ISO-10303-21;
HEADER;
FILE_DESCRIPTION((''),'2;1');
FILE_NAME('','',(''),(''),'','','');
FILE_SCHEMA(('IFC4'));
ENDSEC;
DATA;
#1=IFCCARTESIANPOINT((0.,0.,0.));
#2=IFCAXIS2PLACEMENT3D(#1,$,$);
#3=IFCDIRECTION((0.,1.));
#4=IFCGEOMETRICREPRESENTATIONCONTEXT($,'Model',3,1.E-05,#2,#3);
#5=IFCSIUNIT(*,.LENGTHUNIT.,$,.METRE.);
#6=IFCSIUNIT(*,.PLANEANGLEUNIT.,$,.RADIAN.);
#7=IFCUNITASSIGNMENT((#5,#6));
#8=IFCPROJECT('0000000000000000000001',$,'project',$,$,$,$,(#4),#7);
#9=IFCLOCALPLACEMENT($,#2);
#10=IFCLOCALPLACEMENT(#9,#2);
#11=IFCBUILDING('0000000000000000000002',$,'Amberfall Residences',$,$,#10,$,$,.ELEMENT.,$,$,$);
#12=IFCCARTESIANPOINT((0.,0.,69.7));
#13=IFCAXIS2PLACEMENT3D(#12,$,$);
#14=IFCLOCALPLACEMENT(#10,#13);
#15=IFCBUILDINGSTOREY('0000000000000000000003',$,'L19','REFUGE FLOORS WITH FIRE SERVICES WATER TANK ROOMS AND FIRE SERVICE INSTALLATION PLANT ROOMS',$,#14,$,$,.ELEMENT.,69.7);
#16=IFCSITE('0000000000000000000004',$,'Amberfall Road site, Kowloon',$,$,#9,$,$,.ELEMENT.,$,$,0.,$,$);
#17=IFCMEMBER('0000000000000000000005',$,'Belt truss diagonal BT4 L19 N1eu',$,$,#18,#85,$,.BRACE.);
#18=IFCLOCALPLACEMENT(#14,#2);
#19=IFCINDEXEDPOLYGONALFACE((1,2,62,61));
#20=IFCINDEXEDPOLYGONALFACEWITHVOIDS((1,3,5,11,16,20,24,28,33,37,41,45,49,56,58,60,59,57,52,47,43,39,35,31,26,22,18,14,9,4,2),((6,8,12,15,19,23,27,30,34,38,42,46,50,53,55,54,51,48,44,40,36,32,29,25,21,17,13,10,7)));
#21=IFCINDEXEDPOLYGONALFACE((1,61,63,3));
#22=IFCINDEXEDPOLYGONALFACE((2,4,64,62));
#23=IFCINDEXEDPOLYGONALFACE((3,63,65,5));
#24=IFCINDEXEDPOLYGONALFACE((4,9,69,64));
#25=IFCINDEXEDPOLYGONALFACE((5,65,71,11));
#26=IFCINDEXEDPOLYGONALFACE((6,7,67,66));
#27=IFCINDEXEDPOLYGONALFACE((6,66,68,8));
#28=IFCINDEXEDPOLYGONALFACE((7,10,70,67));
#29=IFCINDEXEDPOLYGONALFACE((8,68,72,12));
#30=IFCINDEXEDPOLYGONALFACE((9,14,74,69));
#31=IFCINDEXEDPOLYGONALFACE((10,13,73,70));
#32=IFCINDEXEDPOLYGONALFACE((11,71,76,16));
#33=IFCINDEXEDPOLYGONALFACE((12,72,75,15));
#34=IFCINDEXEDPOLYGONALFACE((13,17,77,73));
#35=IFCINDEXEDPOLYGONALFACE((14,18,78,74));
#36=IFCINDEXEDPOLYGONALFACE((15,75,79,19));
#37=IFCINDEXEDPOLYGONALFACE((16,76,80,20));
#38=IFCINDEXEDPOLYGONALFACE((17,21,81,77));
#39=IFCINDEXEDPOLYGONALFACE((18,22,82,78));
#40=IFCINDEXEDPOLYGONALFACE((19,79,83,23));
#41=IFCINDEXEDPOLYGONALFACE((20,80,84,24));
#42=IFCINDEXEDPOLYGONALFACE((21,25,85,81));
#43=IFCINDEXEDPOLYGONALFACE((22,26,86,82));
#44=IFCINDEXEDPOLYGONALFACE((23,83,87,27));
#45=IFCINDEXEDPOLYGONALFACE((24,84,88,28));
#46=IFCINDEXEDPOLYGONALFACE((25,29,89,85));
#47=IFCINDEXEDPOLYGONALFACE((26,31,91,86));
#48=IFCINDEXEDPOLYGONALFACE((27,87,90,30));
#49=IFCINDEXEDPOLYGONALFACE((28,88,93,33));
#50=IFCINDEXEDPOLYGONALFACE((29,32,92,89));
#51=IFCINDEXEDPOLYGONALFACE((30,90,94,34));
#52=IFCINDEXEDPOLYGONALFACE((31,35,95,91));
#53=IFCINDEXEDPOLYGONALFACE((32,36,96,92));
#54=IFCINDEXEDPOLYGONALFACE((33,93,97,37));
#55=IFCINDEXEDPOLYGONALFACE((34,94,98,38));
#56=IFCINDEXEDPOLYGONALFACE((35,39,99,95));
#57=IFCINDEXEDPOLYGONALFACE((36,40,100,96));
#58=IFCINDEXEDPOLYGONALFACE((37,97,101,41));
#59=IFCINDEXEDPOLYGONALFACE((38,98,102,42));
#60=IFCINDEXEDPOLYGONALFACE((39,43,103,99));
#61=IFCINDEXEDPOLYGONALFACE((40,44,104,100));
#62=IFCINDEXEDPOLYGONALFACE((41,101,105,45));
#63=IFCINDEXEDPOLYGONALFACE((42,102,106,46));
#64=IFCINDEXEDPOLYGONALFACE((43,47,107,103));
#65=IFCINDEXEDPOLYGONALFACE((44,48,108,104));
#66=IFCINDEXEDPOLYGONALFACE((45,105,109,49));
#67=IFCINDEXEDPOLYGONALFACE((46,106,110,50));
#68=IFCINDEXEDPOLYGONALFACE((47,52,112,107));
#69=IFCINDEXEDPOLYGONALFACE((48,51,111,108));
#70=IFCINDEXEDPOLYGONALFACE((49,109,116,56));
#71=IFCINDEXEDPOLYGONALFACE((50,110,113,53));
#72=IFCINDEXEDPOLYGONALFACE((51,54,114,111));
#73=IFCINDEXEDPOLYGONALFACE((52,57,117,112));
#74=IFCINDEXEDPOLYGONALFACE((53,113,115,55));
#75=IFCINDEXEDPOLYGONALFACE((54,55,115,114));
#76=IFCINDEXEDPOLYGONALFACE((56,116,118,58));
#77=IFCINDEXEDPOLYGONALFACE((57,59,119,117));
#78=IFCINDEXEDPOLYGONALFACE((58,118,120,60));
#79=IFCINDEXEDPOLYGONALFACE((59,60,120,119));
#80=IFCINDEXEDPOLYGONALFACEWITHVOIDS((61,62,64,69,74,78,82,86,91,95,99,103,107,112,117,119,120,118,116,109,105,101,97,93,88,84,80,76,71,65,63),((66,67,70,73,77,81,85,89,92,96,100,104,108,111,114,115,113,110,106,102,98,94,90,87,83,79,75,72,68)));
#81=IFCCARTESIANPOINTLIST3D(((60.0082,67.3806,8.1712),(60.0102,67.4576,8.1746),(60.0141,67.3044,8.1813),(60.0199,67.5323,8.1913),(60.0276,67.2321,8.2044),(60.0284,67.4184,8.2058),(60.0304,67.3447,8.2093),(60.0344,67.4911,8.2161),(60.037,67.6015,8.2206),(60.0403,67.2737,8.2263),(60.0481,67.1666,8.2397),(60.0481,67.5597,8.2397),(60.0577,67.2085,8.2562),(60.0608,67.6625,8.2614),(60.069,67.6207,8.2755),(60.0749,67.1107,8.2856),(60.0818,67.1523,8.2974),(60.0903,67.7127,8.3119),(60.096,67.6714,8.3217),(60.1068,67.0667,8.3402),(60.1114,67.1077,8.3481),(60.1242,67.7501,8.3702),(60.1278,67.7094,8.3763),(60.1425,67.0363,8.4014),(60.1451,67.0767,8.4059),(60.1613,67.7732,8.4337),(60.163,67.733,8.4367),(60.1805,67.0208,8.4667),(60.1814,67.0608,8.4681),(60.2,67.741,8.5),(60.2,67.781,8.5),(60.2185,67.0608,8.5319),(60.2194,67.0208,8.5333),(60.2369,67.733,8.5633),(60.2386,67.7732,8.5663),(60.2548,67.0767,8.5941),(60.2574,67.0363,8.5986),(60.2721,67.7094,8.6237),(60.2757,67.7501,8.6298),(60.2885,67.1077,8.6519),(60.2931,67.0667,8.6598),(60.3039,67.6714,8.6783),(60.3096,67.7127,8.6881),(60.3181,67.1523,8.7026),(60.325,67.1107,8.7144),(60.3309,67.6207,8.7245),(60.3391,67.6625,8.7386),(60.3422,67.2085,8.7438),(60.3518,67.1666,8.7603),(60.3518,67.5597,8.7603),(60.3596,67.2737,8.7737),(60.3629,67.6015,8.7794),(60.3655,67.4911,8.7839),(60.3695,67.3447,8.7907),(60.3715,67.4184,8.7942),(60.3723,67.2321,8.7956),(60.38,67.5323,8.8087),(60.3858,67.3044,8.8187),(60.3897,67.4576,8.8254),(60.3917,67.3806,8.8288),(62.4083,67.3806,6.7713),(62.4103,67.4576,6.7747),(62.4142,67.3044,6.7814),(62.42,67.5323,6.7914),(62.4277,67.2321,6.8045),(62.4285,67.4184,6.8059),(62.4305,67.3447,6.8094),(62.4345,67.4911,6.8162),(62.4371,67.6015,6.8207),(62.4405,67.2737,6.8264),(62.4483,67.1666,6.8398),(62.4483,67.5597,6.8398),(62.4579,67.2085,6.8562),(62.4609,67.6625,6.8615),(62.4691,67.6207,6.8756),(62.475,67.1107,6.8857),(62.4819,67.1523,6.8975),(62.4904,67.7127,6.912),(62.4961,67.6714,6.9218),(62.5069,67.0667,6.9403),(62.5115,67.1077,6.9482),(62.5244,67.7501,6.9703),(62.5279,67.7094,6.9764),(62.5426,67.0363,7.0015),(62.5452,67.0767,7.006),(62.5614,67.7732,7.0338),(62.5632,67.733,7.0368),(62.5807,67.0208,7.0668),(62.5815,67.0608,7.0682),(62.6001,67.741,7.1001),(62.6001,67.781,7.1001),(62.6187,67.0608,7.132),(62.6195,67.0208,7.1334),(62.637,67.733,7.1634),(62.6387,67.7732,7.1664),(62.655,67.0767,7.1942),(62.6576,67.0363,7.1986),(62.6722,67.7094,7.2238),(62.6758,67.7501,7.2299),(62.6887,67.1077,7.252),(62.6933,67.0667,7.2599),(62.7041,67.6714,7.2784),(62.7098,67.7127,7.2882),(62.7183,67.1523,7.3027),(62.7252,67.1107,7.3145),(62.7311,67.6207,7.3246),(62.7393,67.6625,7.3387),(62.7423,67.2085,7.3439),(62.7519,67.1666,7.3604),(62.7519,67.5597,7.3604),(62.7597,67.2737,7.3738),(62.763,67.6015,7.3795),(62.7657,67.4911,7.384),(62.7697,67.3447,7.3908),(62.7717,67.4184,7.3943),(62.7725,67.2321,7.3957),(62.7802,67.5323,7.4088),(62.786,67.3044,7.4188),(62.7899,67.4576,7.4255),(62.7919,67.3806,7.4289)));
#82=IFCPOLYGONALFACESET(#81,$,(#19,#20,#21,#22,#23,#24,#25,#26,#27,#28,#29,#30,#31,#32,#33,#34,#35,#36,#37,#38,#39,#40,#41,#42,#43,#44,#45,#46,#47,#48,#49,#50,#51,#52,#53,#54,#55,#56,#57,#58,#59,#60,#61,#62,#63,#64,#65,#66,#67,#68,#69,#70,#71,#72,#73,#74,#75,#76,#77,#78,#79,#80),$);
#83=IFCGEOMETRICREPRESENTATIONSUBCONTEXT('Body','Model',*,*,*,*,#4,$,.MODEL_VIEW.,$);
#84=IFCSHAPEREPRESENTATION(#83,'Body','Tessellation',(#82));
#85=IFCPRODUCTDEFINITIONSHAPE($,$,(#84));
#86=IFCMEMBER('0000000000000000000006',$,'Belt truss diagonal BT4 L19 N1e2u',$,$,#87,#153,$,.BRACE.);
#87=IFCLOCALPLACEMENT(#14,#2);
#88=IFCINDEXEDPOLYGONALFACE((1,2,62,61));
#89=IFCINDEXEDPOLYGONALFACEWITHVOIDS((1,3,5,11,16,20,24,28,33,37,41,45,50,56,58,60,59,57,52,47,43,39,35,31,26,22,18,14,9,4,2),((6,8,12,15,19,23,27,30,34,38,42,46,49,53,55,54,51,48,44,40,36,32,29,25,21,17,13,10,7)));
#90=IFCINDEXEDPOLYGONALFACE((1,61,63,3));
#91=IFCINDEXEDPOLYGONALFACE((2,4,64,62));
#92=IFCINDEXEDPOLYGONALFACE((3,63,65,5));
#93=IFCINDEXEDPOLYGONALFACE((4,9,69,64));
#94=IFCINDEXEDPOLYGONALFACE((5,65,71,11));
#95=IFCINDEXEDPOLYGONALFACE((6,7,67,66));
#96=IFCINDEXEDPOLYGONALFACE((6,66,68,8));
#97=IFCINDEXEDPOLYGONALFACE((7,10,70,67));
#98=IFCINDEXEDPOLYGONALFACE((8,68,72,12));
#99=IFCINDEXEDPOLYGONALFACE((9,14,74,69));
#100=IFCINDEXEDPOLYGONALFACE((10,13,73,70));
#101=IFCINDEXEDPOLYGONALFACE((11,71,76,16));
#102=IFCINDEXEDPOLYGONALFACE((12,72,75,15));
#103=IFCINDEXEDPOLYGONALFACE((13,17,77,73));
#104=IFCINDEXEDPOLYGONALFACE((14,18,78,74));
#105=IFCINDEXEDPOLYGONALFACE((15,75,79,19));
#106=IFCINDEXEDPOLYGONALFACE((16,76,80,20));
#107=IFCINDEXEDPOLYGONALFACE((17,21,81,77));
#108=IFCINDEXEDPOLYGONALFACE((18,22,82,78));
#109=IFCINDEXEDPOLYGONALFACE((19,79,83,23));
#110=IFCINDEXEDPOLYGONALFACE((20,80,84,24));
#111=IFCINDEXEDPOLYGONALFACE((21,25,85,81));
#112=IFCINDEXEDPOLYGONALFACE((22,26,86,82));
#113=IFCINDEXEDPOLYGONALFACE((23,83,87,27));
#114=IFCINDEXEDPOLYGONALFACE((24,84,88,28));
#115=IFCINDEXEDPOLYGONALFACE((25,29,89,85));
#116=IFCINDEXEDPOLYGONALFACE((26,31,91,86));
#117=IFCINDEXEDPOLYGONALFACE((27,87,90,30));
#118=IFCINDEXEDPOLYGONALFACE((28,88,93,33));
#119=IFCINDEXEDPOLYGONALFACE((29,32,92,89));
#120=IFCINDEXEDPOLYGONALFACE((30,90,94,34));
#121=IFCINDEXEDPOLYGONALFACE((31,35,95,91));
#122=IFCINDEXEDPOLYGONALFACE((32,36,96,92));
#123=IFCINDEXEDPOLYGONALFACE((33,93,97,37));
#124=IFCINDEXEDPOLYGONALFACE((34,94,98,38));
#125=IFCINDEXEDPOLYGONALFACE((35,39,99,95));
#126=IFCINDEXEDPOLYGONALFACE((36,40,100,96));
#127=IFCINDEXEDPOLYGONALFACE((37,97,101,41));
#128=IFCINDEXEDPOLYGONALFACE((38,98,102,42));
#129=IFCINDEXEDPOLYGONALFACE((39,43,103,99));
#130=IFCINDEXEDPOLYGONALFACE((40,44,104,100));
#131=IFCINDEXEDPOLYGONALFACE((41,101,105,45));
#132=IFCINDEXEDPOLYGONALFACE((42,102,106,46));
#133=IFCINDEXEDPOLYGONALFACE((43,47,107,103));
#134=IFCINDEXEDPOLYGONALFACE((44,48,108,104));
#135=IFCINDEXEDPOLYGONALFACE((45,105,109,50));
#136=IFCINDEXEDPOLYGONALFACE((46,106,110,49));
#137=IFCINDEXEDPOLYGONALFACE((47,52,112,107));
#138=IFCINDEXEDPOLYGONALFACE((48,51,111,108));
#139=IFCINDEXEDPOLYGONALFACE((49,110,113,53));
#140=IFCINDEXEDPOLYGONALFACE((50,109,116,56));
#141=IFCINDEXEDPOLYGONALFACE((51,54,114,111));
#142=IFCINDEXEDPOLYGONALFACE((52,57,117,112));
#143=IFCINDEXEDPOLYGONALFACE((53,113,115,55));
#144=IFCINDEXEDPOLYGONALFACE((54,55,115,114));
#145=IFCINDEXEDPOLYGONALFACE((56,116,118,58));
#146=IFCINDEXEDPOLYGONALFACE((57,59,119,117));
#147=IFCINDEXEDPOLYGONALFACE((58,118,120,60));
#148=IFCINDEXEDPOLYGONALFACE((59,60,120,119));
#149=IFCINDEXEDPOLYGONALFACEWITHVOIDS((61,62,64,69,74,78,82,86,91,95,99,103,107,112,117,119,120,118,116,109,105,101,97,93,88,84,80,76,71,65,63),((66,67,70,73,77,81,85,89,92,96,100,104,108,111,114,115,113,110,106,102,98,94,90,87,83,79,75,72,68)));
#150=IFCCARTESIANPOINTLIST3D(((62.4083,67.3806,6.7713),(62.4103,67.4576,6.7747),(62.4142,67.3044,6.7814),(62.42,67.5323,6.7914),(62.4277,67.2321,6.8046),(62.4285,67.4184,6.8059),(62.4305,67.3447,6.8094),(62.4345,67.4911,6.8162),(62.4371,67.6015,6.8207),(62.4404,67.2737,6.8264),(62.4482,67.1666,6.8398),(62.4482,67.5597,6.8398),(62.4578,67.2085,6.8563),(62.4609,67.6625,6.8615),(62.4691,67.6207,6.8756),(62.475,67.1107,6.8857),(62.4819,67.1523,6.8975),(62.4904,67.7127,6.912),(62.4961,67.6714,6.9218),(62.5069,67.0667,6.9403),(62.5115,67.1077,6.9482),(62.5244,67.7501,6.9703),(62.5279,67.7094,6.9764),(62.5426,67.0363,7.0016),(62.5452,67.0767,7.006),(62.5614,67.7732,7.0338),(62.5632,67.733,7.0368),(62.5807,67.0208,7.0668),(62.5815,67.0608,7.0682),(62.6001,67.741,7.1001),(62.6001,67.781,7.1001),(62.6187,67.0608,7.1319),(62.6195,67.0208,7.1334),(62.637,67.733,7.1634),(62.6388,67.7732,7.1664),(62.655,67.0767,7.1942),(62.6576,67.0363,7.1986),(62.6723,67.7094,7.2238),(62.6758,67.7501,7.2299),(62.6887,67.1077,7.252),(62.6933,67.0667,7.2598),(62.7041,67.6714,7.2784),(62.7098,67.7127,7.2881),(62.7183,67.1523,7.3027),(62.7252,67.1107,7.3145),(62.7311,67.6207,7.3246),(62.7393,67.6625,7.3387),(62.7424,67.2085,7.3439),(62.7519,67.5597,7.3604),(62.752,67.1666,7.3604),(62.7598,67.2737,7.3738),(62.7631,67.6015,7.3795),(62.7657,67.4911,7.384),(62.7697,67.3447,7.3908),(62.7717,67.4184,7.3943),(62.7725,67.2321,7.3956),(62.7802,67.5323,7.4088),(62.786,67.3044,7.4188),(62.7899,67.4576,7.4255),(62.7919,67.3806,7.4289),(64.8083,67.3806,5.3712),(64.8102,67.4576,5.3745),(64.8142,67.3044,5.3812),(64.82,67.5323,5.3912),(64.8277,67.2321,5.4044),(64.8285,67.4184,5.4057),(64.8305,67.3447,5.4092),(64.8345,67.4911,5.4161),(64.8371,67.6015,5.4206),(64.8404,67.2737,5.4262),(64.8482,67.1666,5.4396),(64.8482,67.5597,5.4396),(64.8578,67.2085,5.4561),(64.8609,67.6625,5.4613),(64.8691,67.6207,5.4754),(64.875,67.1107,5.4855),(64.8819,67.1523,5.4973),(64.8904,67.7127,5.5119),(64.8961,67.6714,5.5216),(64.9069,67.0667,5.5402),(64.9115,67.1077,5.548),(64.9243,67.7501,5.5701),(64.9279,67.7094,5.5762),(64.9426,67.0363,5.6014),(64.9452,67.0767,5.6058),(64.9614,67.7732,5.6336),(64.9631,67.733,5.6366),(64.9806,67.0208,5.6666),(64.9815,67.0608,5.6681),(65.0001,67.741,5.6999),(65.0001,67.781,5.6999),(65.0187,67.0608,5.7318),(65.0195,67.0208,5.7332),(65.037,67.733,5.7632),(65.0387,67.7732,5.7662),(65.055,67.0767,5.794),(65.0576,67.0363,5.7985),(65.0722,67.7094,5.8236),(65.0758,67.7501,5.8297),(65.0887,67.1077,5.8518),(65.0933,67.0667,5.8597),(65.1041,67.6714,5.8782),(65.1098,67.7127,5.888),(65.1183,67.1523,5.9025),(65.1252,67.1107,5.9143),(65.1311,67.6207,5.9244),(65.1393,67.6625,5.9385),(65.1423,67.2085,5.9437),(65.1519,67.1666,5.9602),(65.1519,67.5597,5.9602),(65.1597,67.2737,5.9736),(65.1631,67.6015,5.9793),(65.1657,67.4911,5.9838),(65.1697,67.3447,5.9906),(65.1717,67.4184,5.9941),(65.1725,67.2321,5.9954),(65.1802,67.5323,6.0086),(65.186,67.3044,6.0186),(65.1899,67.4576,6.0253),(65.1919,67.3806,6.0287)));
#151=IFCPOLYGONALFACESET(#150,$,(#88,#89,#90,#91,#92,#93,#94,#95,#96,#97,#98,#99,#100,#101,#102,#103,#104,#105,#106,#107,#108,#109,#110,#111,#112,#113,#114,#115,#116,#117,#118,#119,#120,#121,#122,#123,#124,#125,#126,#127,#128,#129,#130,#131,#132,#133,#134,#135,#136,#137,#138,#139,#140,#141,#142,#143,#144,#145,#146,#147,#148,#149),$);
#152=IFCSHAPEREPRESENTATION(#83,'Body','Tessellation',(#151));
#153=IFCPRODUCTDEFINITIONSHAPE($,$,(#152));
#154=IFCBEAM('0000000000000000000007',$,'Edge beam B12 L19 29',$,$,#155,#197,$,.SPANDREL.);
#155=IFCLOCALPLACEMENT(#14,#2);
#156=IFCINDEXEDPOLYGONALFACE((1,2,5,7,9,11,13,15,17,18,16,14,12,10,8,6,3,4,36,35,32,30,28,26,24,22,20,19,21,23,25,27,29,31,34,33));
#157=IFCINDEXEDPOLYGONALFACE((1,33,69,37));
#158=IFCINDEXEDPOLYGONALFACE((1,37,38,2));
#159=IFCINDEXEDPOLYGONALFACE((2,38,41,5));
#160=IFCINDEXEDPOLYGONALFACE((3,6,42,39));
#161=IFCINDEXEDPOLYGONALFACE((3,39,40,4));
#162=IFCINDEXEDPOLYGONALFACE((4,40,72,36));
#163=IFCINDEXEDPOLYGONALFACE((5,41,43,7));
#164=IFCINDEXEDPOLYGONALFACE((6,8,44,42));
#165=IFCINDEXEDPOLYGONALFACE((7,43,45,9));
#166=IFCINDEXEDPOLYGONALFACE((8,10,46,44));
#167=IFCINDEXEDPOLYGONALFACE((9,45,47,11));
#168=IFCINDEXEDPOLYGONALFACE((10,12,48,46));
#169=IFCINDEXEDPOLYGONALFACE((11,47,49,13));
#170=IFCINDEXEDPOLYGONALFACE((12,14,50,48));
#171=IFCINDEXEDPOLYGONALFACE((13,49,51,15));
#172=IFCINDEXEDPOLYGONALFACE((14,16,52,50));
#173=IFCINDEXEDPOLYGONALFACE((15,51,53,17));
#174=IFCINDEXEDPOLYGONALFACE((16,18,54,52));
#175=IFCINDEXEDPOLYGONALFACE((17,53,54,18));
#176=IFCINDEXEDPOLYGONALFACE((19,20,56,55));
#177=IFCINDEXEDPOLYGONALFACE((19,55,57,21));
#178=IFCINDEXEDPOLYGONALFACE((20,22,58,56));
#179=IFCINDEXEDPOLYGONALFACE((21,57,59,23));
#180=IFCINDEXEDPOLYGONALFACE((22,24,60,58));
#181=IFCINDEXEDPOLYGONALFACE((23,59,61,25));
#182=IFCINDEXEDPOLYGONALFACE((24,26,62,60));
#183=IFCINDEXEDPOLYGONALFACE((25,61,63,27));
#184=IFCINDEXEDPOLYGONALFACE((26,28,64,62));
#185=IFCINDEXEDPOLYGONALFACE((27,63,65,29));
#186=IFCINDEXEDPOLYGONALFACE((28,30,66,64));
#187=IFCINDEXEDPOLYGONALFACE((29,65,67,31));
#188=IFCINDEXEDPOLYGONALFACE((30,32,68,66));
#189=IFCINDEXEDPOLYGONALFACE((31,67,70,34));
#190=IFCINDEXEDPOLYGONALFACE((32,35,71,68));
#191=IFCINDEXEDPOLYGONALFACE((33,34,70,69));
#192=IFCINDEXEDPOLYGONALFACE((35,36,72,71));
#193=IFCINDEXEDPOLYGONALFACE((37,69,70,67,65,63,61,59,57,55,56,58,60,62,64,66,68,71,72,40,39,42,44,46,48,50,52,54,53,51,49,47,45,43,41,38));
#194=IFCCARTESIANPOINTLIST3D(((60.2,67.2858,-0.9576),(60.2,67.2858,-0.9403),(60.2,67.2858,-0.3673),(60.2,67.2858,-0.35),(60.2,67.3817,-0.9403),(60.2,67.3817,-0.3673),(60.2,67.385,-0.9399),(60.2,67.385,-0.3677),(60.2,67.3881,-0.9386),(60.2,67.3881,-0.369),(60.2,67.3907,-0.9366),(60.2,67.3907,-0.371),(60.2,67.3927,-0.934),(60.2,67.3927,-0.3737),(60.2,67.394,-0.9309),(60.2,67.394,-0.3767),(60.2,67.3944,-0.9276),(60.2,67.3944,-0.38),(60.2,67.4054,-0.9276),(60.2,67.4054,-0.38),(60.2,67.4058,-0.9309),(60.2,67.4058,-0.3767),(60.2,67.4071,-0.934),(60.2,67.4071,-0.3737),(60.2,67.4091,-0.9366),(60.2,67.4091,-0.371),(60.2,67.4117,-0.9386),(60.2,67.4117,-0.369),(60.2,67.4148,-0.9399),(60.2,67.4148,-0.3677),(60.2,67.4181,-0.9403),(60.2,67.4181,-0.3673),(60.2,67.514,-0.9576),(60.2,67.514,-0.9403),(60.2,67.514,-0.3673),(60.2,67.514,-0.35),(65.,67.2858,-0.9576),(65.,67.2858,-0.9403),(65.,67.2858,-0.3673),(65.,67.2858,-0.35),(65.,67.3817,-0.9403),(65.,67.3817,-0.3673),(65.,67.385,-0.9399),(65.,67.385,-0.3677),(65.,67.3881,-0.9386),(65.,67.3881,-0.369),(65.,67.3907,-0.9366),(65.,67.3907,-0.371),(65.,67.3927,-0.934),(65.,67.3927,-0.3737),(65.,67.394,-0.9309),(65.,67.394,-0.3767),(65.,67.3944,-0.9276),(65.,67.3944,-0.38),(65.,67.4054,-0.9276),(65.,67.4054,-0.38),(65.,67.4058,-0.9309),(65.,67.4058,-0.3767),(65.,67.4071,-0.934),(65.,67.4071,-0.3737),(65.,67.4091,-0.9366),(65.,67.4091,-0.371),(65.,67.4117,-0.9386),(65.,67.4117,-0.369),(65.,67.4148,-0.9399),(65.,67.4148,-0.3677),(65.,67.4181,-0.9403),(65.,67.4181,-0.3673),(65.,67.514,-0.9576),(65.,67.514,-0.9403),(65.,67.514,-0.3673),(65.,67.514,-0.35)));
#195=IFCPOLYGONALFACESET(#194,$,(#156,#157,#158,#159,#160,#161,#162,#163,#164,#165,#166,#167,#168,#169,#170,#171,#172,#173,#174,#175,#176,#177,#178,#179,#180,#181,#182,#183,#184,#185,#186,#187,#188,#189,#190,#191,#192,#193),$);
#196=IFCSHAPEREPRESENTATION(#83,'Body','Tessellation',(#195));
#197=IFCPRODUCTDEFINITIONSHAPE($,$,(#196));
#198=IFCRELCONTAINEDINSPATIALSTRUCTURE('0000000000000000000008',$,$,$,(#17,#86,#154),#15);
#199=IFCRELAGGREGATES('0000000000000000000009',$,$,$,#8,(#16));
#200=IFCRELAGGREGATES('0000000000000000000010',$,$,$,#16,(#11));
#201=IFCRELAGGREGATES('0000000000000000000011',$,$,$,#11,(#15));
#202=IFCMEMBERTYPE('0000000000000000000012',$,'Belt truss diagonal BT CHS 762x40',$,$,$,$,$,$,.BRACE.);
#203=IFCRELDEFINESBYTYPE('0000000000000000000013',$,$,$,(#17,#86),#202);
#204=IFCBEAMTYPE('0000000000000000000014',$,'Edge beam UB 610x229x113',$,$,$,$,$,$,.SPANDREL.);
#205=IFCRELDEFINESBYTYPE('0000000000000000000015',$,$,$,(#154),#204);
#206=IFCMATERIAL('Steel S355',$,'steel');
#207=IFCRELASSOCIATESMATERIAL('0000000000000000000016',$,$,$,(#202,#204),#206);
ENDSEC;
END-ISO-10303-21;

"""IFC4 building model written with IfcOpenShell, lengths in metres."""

from ifc_helpers import new_model, si_unit, direction, frame, origin, origin_2d, place, context, subcontext, project, spatial, hollow_circle, i_section, extrude, material, material_profile, profile_set, type_object, element, save


model = new_model("IFC4")

# Units and contexts
model_context = context("Model", 3, precision=1e-05, world=origin(), true_north=direction((0.0, 1.0)))
body_context = subcontext(model_context, "Body", "Model", "MODEL_VIEW")
ifc_project = project(units=[si_unit("LENGTHUNIT", "METRE"), si_unit("PLANEANGLEUNIT", "RADIAN")], contexts=[model_context])

# Site, building, storey
site_placement = place(None, origin())
site = spatial("IfcSite", under=ifc_project, at=site_placement, Name="Amberfall Road site, Kowloon", CompositionType="ELEMENT", RefElevation=0.0)
building_placement = place(site_placement, origin())
building = spatial("IfcBuilding", under=site, at=building_placement, Name="Amberfall Residences", CompositionType="ELEMENT")
storey_placement = place(building_placement, frame((0.0, 0.0, 69.7)))
storey = spatial("IfcBuildingStorey", under=building, at=storey_placement, Name="L19", Description="REFUGE FLOORS WITH FIRE SERVICES WATER TANK ROOMS AND FIRE SERVICE INSTALLATION PLANT ROOMS", CompositionType="ELEMENT", Elevation=69.7)

# Shared definitions
ifc_material_1 = material(Name="Steel S355", Category="steel")

# Members
ifc_material_profile_1 = material_profile(ifc_material_1, hollow_circle(Radius=0.3811, WallThickness=0.04, at=origin_2d()), Name="CHS 762x40")
ifc_profile_set_1 = profile_set([ifc_material_profile_1], Name="Steel S355")
member_type = type_object("IfcMemberType", Name="Belt truss diagonal BT CHS 762x40", PredefinedType="BRACE", material=ifc_profile_set_1)
for number, where, z_axis, x_axis, name in (
    (1, (60.2, 67.3999, 8.5), (0.863808, 0.0, -0.503822), (0.0, 1.0, 0.0), "Belt truss diagonal BT4 L19 N1eu"),
    (2, (62.6001, 67.3999, 7.1001), (0.863747, 0.0, -0.503926), (0.0, 1.0, 0.0), "Belt truss diagonal BT4 L19 N1e2u"),
):
    element("IfcMember", number, at=place(storey_placement, frame(where, z_axis=z_axis, x_axis=x_axis)), inside=storey, type_object=member_type, Name=name, PredefinedType="BRACE", context=body_context, shape_type="SweptSolid", body=[
        extrude(hollow_circle(Radius=0.3811, WallThickness=0.04, at=origin_2d()), origin(), (0.0, 0.0, 1.0), 2.7786),
    ])

# Beam
ifc_material_profile_2 = material_profile(ifc_material_1, i_section(OverallWidth=0.2283, OverallDepth=0.6077, WebThickness=0.011, FlangeThickness=0.0173, FilletRadius=0.0127, at=origin_2d()), Name="UB 610x229x113")
ifc_profile_set_2 = profile_set([ifc_material_profile_2], Name="Steel S355")
beam_type_1 = type_object("IfcBeamType", Name="Edge beam UB 610x229x113", PredefinedType="SPANDREL", material=ifc_profile_set_2)
for number, where, z_axis, x_axis, name in (
    (3, (60.2, 67.3999, -0.6538), (1.0, 0.0, 0.0), (0.0, 1.0, 0.0), "Edge beam B12 L19 29"),
):
    element("IfcBeam", number, at=place(storey_placement, frame(where, z_axis=z_axis, x_axis=x_axis)), inside=storey, type_object=beam_type_1, Name=name, PredefinedType="SPANDREL", context=body_context, shape_type="SweptSolid", body=[
        extrude(i_section(OverallWidth=0.2283, OverallDepth=0.6077, WebThickness=0.011, FlangeThickness=0.0173, FilletRadius=0.0127, at=origin_2d()), origin(), (0.0, 0.0, 1.0), 4.8),
    ])

save(model, "model.ifc")
